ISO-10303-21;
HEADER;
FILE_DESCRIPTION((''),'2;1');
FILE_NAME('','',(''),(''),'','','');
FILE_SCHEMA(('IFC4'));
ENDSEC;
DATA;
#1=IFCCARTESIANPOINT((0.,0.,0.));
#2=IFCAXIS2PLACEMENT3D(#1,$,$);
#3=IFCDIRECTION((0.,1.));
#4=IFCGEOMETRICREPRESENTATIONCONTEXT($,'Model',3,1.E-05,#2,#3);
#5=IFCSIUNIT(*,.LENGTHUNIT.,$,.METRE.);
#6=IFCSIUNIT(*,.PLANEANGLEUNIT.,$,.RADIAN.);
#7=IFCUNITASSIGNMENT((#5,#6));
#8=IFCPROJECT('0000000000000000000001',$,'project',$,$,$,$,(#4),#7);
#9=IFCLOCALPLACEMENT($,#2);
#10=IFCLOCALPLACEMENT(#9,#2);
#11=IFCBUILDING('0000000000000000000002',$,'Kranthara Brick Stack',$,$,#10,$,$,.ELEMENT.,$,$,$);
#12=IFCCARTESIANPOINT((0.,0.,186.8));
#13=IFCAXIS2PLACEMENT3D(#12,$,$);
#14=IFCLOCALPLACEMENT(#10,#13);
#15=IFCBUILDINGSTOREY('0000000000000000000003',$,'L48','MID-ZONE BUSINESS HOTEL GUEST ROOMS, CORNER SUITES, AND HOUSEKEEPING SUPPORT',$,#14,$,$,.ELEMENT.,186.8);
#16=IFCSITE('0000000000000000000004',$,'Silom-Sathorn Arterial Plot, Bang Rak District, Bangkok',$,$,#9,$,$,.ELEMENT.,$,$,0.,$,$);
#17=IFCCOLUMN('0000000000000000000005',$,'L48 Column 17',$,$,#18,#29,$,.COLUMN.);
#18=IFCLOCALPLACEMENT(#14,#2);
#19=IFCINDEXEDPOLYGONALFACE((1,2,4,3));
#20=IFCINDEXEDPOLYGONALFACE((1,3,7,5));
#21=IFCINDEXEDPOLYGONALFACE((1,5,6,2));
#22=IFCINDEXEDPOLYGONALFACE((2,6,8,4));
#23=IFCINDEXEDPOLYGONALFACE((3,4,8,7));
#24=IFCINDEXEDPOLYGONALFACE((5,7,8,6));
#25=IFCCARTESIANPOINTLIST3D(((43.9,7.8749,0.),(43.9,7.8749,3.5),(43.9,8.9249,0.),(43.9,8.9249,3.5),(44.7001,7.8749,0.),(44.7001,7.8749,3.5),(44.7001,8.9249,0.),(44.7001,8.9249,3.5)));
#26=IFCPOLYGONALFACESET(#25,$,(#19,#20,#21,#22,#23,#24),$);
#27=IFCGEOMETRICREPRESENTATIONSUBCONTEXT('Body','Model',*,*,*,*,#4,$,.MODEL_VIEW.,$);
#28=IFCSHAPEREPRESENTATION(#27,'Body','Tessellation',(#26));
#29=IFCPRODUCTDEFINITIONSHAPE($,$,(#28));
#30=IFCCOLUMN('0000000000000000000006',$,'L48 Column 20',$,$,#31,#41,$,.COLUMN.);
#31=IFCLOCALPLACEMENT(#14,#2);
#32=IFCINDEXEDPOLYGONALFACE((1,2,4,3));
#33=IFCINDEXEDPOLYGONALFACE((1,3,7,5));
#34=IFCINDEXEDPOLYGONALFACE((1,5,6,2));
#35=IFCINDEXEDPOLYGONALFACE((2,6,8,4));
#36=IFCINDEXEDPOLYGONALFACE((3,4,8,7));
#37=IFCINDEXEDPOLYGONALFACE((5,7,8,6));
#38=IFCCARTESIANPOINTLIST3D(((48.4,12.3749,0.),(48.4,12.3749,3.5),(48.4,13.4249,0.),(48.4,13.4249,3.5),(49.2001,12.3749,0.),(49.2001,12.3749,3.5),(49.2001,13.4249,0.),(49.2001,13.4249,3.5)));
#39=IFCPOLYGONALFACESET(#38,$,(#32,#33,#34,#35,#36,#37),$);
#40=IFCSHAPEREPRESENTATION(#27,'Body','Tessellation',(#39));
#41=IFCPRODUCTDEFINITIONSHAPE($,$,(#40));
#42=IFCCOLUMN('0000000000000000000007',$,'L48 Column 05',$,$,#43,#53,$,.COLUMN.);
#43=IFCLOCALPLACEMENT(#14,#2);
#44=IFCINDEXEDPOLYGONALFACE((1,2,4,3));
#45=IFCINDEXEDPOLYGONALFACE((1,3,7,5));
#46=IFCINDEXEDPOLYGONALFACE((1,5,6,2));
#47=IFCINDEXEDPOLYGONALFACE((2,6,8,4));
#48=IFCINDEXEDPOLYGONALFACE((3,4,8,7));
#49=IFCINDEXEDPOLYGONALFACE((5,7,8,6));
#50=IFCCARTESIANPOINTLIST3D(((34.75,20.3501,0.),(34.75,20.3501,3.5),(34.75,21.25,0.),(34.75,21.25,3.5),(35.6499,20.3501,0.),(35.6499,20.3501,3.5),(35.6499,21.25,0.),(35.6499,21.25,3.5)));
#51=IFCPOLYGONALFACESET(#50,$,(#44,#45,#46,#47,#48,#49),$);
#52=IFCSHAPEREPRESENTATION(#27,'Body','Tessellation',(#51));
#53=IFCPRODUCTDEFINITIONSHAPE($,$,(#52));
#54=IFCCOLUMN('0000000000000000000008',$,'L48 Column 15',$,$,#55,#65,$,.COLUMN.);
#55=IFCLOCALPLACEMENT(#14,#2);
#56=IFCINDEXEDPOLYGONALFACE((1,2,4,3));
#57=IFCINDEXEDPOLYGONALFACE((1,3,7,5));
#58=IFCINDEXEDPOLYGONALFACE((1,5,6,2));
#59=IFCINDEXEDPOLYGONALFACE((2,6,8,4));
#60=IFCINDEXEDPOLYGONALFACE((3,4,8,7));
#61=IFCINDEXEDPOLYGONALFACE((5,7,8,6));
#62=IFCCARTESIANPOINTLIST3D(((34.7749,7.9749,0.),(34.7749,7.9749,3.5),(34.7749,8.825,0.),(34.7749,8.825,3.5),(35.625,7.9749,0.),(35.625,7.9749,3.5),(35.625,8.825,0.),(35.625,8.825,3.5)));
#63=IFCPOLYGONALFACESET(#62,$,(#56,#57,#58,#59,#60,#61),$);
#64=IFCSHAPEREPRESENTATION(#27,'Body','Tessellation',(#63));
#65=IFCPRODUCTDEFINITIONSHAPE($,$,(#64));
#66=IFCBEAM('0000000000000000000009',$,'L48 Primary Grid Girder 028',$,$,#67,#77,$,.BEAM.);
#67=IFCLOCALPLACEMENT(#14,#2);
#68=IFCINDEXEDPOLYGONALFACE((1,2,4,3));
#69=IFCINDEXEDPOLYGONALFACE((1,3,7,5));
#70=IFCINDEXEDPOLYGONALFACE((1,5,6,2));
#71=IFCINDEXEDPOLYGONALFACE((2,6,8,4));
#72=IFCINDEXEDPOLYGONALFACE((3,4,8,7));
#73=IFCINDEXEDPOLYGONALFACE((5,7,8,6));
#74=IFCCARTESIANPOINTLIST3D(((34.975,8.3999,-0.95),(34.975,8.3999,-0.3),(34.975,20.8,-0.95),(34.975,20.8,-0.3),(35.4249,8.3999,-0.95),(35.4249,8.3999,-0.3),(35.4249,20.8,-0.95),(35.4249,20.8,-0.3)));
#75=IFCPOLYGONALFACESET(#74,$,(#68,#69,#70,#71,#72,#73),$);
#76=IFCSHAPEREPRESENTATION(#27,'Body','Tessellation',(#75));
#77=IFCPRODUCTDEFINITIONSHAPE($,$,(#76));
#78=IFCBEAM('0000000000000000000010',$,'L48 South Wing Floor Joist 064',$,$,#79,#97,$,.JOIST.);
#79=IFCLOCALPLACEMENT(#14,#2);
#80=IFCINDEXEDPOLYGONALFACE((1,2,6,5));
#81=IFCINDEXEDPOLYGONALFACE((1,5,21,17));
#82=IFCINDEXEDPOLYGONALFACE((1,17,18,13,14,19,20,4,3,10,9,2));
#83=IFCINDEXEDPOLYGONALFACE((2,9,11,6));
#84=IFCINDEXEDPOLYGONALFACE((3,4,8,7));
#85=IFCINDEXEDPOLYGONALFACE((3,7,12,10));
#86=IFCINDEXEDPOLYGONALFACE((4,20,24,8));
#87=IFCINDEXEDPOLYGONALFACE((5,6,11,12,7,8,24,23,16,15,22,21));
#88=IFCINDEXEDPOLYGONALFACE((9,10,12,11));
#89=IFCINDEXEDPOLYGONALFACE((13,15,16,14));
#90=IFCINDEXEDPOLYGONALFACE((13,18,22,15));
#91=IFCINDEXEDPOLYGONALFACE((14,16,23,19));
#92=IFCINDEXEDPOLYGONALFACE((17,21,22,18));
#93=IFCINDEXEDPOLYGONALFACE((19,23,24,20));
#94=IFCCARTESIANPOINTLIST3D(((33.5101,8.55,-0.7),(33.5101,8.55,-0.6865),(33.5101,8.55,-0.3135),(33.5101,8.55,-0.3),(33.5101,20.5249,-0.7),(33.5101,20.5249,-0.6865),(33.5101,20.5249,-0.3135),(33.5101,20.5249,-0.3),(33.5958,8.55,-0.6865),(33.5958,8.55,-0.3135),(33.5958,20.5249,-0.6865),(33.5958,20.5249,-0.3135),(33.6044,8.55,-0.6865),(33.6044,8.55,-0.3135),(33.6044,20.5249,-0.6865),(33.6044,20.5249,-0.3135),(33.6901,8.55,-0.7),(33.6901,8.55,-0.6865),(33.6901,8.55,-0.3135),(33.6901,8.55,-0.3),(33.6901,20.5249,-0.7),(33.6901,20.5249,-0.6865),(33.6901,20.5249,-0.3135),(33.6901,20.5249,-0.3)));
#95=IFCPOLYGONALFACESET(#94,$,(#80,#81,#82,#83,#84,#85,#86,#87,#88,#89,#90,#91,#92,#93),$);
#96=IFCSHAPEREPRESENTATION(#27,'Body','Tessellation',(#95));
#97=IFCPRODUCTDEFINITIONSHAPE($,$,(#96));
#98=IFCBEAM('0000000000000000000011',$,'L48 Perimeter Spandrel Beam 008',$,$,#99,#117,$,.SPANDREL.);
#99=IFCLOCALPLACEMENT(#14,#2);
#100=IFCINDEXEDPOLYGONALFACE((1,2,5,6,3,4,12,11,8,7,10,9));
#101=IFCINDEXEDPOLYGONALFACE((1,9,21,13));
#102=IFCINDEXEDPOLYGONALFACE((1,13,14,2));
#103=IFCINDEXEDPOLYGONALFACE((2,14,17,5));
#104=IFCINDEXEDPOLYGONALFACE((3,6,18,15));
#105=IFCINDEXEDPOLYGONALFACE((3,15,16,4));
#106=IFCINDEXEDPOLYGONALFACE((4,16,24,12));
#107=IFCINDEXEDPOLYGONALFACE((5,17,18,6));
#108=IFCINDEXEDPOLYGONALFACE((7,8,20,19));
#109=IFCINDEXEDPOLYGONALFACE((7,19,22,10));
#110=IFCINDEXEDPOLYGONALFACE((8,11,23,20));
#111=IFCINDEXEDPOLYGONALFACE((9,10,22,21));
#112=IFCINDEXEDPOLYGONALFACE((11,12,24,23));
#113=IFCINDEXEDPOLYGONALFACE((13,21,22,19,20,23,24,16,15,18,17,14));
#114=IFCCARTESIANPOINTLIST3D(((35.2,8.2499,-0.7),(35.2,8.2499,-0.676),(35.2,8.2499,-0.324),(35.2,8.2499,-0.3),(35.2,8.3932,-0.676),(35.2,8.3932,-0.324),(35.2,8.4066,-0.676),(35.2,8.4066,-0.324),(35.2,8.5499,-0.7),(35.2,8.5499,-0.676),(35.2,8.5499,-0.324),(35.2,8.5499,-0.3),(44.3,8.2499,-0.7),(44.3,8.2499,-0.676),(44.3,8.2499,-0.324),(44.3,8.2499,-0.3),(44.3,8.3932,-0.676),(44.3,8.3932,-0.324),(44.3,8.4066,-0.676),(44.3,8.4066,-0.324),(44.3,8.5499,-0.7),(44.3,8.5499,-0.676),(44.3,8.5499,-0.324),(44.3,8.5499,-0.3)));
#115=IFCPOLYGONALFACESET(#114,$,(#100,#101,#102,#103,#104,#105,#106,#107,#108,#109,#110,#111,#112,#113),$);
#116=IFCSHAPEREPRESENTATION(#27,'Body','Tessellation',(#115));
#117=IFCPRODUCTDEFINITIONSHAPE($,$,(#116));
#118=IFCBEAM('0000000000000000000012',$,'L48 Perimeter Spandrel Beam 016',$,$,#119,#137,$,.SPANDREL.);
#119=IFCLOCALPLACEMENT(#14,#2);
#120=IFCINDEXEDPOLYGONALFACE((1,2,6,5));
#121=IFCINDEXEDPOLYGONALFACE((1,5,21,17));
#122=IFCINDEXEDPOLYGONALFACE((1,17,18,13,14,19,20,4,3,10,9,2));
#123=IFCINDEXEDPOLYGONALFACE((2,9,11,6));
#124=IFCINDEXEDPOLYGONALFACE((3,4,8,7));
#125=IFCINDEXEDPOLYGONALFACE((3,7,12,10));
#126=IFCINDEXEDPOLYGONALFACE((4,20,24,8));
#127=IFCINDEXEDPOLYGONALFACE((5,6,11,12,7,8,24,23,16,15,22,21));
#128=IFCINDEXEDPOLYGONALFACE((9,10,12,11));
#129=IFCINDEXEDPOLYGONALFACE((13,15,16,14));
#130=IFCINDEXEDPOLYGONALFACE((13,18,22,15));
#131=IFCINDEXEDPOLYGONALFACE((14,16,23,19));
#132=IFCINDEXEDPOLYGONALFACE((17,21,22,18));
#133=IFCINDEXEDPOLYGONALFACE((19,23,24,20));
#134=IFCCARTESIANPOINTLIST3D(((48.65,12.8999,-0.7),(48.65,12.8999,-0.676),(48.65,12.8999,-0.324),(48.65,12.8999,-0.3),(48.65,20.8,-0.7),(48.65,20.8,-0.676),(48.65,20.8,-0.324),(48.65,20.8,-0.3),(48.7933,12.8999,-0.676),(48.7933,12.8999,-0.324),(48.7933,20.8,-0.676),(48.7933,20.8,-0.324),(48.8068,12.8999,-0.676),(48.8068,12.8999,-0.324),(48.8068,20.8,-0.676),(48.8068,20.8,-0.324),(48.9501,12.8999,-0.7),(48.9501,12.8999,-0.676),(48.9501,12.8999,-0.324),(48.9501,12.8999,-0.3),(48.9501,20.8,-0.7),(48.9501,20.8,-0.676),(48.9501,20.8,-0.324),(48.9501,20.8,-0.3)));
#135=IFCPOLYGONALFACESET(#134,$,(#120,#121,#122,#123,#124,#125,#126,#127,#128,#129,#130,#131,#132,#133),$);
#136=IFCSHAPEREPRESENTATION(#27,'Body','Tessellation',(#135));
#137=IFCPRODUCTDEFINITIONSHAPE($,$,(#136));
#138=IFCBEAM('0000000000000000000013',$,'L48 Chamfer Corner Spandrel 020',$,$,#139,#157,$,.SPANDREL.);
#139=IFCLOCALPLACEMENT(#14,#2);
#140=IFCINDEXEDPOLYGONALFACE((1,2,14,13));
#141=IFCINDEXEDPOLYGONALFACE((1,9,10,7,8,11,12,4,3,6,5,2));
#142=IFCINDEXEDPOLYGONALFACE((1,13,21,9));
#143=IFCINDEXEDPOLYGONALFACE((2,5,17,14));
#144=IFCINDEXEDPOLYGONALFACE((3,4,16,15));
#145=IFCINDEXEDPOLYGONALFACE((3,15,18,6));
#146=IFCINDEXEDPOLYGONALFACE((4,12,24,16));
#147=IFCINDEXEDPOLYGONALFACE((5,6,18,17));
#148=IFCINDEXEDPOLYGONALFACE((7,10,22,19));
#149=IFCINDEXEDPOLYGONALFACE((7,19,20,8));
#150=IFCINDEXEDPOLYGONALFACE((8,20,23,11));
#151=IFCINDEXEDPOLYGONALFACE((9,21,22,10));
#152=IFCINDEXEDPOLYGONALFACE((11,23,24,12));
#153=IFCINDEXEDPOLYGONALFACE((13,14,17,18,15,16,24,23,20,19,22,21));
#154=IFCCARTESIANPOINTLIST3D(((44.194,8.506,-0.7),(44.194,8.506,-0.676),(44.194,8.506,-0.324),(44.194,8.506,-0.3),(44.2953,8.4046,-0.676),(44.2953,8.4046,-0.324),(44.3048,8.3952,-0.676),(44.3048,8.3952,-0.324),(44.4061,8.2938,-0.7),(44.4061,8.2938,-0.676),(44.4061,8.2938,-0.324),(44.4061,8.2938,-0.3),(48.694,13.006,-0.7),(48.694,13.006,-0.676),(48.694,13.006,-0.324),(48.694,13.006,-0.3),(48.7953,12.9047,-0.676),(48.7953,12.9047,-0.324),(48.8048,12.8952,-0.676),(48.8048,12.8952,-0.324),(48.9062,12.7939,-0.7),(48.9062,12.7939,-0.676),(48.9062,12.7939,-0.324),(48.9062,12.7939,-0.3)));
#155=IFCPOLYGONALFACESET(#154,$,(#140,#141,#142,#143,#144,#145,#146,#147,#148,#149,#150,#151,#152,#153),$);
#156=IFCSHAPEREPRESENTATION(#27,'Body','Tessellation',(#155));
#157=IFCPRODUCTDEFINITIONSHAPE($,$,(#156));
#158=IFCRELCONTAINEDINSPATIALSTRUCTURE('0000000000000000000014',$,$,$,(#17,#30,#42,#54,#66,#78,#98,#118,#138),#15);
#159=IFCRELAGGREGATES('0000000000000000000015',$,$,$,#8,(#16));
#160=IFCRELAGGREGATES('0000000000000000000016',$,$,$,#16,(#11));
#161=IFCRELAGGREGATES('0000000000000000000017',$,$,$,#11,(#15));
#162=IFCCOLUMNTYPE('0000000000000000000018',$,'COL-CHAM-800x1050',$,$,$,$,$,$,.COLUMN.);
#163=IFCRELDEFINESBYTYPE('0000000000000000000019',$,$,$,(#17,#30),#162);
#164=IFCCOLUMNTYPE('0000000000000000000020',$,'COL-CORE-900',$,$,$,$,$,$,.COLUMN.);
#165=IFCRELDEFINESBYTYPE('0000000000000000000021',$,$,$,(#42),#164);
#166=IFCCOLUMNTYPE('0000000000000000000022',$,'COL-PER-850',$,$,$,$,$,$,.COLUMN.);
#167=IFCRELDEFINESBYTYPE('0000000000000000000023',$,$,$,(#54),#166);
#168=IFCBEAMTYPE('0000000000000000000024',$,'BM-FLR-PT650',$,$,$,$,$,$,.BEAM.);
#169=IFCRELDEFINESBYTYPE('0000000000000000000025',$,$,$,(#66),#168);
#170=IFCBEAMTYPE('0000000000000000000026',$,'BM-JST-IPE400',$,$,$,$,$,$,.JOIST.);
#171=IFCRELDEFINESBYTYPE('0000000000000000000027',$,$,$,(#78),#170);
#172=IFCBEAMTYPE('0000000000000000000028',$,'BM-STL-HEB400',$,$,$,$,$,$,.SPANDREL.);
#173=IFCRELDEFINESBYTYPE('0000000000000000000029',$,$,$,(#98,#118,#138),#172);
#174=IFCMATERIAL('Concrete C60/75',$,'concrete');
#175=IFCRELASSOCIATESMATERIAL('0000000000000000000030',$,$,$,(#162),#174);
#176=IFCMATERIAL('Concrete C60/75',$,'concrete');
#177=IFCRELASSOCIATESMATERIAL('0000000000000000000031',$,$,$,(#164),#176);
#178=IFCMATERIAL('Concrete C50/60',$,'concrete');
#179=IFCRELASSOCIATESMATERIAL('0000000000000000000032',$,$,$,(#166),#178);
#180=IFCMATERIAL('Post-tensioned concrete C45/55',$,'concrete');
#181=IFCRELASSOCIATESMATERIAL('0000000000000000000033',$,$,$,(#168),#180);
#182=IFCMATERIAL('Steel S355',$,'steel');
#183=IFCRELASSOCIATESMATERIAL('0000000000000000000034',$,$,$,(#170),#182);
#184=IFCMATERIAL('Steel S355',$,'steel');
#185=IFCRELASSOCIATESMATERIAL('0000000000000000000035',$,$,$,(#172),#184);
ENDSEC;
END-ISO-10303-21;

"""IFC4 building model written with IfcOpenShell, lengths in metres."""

from ifc_helpers import new_model, si_unit, direction, frame, origin, origin_2d, place, context, subcontext, project, spatial, rectangle, i_section, extrude, material, material_profile, profile_set, type_object, element, save


model = new_model("IFC4")

# Units and contexts
model_context = context("Model", 3, precision=1e-05, world=origin(), true_north=direction((0.0, 1.0)))
body_context = subcontext(model_context, "Body", "Model", "MODEL_VIEW")
ifc_project = project(units=[si_unit("LENGTHUNIT", "METRE"), si_unit("PLANEANGLEUNIT", "RADIAN")], contexts=[model_context])

# Site, building, storey
site_placement = place(None, origin())
site = spatial("IfcSite", under=ifc_project, at=site_placement, Name="Silom-Sathorn Arterial Plot, Bang Rak District, Bangkok", CompositionType="ELEMENT", RefElevation=0.0)
building_placement = place(site_placement, origin())
building = spatial("IfcBuilding", under=site, at=building_placement, Name="Kranthara Brick Stack", CompositionType="ELEMENT")
storey_placement = place(building_placement, frame((0.0, 0.0, 186.8)))
storey = spatial("IfcBuildingStorey", under=building, at=storey_placement, Name="L48", Description="MID-ZONE BUSINESS HOTEL GUEST ROOMS, CORNER SUITES, AND HOUSEKEEPING SUPPORT", CompositionType="ELEMENT", Elevation=186.8)

# Columns
ifc_material_1 = material(Name="Concrete C60/75", Category="concrete")
ifc_material_profile_1 = material_profile(ifc_material_1, rectangle(XDim=0.8, YDim=1.05, at=origin_2d()), Name="RC 800x1050")
ifc_profile_set_1 = profile_set([ifc_material_profile_1], Name="Concrete C60/75")
column_type_1 = type_object("IfcColumnType", Name="COL-CHAM-800x1050", PredefinedType="COLUMN", material=ifc_profile_set_1)
for number, where, z_axis, x_axis, name in (
    (1, (44.3, 8.3999, 0.0), (0.0, 0.0, 1.0), (1.0, 0.0, 0.0), "L48 Column 17"),
    (2, (48.8, 12.8999, 0.0), (0.0, 0.0, 1.0), (1.0, 0.0, 0.0), "L48 Column 20"),
):
    element("IfcColumn", number, at=place(storey_placement, frame(where, z_axis=z_axis, x_axis=x_axis)), inside=storey, type_object=column_type_1, Name=name, PredefinedType="COLUMN", context=body_context, shape_type="SweptSolid", body=[
        extrude(rectangle(XDim=0.8, YDim=1.05, at=origin_2d()), origin(), (0.0, 0.0, 1.0), 3.5),
    ])
ifc_material_2 = material(Name="Concrete C60/75", Category="concrete")
ifc_material_profile_2 = material_profile(ifc_material_2, rectangle(XDim=0.8999, YDim=0.8999, at=origin_2d()), Name="RC 900x900")
ifc_profile_set_2 = profile_set([ifc_material_profile_2], Name="Concrete C60/75")
column_type_2 = type_object("IfcColumnType", Name="COL-CORE-900", PredefinedType="COLUMN", material=ifc_profile_set_2)
column_1_placement = place(storey_placement, frame((35.2, 20.8, 0.0), z_axis=(0.0, 0.0, 1.0), x_axis=(1.0, 0.0, 0.0)))
element("IfcColumn", 3, at=column_1_placement, inside=storey, type_object=column_type_2, Name="L48 Column 05", PredefinedType="COLUMN", context=body_context, shape_type="SweptSolid", body=[
    extrude(rectangle(XDim=0.8999, YDim=0.8999, at=origin_2d()), origin(), (0.0, 0.0, 1.0), 3.5),
])
ifc_material_3 = material(Name="Concrete C50/60", Category="concrete")
ifc_material_profile_3 = material_profile(ifc_material_3, rectangle(XDim=0.8501, YDim=0.8501, at=origin_2d()), Name="RC 850x850")
ifc_profile_set_3 = profile_set([ifc_material_profile_3], Name="Concrete C50/60")
column_type_3 = type_object("IfcColumnType", Name="COL-PER-850", PredefinedType="COLUMN", material=ifc_profile_set_3)
column_2_placement = place(storey_placement, frame((35.2, 8.3999, 0.0), z_axis=(0.0, 0.0, 1.0), x_axis=(1.0, 0.0, 0.0)))
element("IfcColumn", 4, at=column_2_placement, inside=storey, type_object=column_type_3, Name="L48 Column 15", PredefinedType="COLUMN", context=body_context, shape_type="SweptSolid", body=[
    extrude(rectangle(XDim=0.8501, YDim=0.8501, at=origin_2d()), origin(), (0.0, 0.0, 1.0), 3.5),
])

# Beams
ifc_material_4 = material(Name="Post-tensioned concrete C45/55", Category="concrete")
ifc_material_profile_4 = material_profile(ifc_material_4, rectangle(XDim=0.45, YDim=0.6499, at=origin_2d()), Name="PT 450x650")
ifc_profile_set_4 = profile_set([ifc_material_profile_4], Name="Post-tensioned concrete C45/55")
beam_type_1 = type_object("IfcBeamType", Name="BM-FLR-PT650", PredefinedType="BEAM", material=ifc_profile_set_4)
beam_1_placement = place(storey_placement, frame((35.2, 8.3999, -0.625), z_axis=(0.0, 1.0, 0.0), x_axis=(-1.0, 0.0, 0.0)))
element("IfcBeam", 5, at=beam_1_placement, inside=storey, type_object=beam_type_1, Name="L48 Primary Grid Girder 028", PredefinedType="BEAM", context=body_context, shape_type="SweptSolid", body=[
    extrude(rectangle(XDim=0.45, YDim=0.6499, at=origin_2d()), origin(), (0.0, 0.0, 1.0), 12.4001),
])
ifc_material_5 = material(Name="Steel S355", Category="steel")
ifc_material_profile_5 = material_profile(ifc_material_5, i_section(OverallWidth=0.1799, OverallDepth=0.3999, WebThickness=0.0085, FlangeThickness=0.0134, at=origin_2d()), Name="IPE 400")
ifc_profile_set_5 = profile_set([ifc_material_profile_5], Name="Steel S355")
beam_type_2 = type_object("IfcBeamType", Name="BM-JST-IPE400", PredefinedType="JOIST", material=ifc_profile_set_5)
beam_2_placement = place(storey_placement, frame((33.6001, 8.55, -0.5), z_axis=(0.0, 1.0, 0.0), x_axis=(-1.0, 0.0, 0.0)))
element("IfcBeam", 6, at=beam_2_placement, inside=storey, type_object=beam_type_2, Name="L48 South Wing Floor Joist 064", PredefinedType="JOIST", context=body_context, shape_type="SweptSolid", body=[
    extrude(i_section(OverallWidth=0.1799, OverallDepth=0.3999, WebThickness=0.0085, FlangeThickness=0.0134, at=origin_2d()), origin(), (0.0, 0.0, 1.0), 11.9749),
])
ifc_material_6 = material(Name="Steel S355", Category="steel")
ifc_material_profile_6 = material_profile(ifc_material_6, i_section(OverallWidth=0.3, OverallDepth=0.3999, WebThickness=0.0134, FlangeThickness=0.0239, at=origin_2d()), Name="HEB 400")
ifc_profile_set_6 = profile_set([ifc_material_profile_6], Name="Steel S355")
beam_type_3 = type_object("IfcBeamType", Name="BM-STL-HEB400", PredefinedType="SPANDREL", material=ifc_profile_set_6)
beam_3_placement = place(storey_placement, frame((35.2, 8.3999, -0.5), z_axis=(1.0, 0.0, 0.0), x_axis=(0.0, 1.0, 0.0)))
element("IfcBeam", 7, at=beam_3_placement, inside=storey, type_object=beam_type_3, Name="L48 Perimeter Spandrel Beam 008", PredefinedType="SPANDREL", context=body_context, shape_type="SweptSolid", body=[
    extrude(i_section(OverallWidth=0.3, OverallDepth=0.3999, WebThickness=0.0134, FlangeThickness=0.0239, at=origin_2d()), origin(), (0.0, 0.0, 1.0), 9.1001),
])
beam_4_placement = place(storey_placement, frame((48.8, 12.8999, -0.5), z_axis=(0.0, 1.0, 0.0), x_axis=(-1.0, 0.0, 0.0)))
element("IfcBeam", 8, at=beam_4_placement, inside=storey, type_object=beam_type_3, Name="L48 Perimeter Spandrel Beam 016", PredefinedType="SPANDREL", context=body_context, shape_type="SweptSolid", body=[
    extrude(i_section(OverallWidth=0.3, OverallDepth=0.3999, WebThickness=0.0134, FlangeThickness=0.0239, at=origin_2d()), origin(), (0.0, 0.0, 1.0), 7.9001),
])
beam_5_placement = place(storey_placement, frame((44.3, 8.3999, -0.5), z_axis=(0.707107, 0.707107, 0.0), x_axis=(-0.707107, 0.707107, 0.0)))
element("IfcBeam", 9, at=beam_5_placement, inside=storey, type_object=beam_type_3, Name="L48 Chamfer Corner Spandrel 020", PredefinedType="SPANDREL", context=body_context, shape_type="SweptSolid", body=[
    extrude(i_section(OverallWidth=0.3, OverallDepth=0.3999, WebThickness=0.0134, FlangeThickness=0.0239, at=origin_2d()), origin(), (0.0, 0.0, 1.0), 6.364),
])

save(model, "model.ifc")
